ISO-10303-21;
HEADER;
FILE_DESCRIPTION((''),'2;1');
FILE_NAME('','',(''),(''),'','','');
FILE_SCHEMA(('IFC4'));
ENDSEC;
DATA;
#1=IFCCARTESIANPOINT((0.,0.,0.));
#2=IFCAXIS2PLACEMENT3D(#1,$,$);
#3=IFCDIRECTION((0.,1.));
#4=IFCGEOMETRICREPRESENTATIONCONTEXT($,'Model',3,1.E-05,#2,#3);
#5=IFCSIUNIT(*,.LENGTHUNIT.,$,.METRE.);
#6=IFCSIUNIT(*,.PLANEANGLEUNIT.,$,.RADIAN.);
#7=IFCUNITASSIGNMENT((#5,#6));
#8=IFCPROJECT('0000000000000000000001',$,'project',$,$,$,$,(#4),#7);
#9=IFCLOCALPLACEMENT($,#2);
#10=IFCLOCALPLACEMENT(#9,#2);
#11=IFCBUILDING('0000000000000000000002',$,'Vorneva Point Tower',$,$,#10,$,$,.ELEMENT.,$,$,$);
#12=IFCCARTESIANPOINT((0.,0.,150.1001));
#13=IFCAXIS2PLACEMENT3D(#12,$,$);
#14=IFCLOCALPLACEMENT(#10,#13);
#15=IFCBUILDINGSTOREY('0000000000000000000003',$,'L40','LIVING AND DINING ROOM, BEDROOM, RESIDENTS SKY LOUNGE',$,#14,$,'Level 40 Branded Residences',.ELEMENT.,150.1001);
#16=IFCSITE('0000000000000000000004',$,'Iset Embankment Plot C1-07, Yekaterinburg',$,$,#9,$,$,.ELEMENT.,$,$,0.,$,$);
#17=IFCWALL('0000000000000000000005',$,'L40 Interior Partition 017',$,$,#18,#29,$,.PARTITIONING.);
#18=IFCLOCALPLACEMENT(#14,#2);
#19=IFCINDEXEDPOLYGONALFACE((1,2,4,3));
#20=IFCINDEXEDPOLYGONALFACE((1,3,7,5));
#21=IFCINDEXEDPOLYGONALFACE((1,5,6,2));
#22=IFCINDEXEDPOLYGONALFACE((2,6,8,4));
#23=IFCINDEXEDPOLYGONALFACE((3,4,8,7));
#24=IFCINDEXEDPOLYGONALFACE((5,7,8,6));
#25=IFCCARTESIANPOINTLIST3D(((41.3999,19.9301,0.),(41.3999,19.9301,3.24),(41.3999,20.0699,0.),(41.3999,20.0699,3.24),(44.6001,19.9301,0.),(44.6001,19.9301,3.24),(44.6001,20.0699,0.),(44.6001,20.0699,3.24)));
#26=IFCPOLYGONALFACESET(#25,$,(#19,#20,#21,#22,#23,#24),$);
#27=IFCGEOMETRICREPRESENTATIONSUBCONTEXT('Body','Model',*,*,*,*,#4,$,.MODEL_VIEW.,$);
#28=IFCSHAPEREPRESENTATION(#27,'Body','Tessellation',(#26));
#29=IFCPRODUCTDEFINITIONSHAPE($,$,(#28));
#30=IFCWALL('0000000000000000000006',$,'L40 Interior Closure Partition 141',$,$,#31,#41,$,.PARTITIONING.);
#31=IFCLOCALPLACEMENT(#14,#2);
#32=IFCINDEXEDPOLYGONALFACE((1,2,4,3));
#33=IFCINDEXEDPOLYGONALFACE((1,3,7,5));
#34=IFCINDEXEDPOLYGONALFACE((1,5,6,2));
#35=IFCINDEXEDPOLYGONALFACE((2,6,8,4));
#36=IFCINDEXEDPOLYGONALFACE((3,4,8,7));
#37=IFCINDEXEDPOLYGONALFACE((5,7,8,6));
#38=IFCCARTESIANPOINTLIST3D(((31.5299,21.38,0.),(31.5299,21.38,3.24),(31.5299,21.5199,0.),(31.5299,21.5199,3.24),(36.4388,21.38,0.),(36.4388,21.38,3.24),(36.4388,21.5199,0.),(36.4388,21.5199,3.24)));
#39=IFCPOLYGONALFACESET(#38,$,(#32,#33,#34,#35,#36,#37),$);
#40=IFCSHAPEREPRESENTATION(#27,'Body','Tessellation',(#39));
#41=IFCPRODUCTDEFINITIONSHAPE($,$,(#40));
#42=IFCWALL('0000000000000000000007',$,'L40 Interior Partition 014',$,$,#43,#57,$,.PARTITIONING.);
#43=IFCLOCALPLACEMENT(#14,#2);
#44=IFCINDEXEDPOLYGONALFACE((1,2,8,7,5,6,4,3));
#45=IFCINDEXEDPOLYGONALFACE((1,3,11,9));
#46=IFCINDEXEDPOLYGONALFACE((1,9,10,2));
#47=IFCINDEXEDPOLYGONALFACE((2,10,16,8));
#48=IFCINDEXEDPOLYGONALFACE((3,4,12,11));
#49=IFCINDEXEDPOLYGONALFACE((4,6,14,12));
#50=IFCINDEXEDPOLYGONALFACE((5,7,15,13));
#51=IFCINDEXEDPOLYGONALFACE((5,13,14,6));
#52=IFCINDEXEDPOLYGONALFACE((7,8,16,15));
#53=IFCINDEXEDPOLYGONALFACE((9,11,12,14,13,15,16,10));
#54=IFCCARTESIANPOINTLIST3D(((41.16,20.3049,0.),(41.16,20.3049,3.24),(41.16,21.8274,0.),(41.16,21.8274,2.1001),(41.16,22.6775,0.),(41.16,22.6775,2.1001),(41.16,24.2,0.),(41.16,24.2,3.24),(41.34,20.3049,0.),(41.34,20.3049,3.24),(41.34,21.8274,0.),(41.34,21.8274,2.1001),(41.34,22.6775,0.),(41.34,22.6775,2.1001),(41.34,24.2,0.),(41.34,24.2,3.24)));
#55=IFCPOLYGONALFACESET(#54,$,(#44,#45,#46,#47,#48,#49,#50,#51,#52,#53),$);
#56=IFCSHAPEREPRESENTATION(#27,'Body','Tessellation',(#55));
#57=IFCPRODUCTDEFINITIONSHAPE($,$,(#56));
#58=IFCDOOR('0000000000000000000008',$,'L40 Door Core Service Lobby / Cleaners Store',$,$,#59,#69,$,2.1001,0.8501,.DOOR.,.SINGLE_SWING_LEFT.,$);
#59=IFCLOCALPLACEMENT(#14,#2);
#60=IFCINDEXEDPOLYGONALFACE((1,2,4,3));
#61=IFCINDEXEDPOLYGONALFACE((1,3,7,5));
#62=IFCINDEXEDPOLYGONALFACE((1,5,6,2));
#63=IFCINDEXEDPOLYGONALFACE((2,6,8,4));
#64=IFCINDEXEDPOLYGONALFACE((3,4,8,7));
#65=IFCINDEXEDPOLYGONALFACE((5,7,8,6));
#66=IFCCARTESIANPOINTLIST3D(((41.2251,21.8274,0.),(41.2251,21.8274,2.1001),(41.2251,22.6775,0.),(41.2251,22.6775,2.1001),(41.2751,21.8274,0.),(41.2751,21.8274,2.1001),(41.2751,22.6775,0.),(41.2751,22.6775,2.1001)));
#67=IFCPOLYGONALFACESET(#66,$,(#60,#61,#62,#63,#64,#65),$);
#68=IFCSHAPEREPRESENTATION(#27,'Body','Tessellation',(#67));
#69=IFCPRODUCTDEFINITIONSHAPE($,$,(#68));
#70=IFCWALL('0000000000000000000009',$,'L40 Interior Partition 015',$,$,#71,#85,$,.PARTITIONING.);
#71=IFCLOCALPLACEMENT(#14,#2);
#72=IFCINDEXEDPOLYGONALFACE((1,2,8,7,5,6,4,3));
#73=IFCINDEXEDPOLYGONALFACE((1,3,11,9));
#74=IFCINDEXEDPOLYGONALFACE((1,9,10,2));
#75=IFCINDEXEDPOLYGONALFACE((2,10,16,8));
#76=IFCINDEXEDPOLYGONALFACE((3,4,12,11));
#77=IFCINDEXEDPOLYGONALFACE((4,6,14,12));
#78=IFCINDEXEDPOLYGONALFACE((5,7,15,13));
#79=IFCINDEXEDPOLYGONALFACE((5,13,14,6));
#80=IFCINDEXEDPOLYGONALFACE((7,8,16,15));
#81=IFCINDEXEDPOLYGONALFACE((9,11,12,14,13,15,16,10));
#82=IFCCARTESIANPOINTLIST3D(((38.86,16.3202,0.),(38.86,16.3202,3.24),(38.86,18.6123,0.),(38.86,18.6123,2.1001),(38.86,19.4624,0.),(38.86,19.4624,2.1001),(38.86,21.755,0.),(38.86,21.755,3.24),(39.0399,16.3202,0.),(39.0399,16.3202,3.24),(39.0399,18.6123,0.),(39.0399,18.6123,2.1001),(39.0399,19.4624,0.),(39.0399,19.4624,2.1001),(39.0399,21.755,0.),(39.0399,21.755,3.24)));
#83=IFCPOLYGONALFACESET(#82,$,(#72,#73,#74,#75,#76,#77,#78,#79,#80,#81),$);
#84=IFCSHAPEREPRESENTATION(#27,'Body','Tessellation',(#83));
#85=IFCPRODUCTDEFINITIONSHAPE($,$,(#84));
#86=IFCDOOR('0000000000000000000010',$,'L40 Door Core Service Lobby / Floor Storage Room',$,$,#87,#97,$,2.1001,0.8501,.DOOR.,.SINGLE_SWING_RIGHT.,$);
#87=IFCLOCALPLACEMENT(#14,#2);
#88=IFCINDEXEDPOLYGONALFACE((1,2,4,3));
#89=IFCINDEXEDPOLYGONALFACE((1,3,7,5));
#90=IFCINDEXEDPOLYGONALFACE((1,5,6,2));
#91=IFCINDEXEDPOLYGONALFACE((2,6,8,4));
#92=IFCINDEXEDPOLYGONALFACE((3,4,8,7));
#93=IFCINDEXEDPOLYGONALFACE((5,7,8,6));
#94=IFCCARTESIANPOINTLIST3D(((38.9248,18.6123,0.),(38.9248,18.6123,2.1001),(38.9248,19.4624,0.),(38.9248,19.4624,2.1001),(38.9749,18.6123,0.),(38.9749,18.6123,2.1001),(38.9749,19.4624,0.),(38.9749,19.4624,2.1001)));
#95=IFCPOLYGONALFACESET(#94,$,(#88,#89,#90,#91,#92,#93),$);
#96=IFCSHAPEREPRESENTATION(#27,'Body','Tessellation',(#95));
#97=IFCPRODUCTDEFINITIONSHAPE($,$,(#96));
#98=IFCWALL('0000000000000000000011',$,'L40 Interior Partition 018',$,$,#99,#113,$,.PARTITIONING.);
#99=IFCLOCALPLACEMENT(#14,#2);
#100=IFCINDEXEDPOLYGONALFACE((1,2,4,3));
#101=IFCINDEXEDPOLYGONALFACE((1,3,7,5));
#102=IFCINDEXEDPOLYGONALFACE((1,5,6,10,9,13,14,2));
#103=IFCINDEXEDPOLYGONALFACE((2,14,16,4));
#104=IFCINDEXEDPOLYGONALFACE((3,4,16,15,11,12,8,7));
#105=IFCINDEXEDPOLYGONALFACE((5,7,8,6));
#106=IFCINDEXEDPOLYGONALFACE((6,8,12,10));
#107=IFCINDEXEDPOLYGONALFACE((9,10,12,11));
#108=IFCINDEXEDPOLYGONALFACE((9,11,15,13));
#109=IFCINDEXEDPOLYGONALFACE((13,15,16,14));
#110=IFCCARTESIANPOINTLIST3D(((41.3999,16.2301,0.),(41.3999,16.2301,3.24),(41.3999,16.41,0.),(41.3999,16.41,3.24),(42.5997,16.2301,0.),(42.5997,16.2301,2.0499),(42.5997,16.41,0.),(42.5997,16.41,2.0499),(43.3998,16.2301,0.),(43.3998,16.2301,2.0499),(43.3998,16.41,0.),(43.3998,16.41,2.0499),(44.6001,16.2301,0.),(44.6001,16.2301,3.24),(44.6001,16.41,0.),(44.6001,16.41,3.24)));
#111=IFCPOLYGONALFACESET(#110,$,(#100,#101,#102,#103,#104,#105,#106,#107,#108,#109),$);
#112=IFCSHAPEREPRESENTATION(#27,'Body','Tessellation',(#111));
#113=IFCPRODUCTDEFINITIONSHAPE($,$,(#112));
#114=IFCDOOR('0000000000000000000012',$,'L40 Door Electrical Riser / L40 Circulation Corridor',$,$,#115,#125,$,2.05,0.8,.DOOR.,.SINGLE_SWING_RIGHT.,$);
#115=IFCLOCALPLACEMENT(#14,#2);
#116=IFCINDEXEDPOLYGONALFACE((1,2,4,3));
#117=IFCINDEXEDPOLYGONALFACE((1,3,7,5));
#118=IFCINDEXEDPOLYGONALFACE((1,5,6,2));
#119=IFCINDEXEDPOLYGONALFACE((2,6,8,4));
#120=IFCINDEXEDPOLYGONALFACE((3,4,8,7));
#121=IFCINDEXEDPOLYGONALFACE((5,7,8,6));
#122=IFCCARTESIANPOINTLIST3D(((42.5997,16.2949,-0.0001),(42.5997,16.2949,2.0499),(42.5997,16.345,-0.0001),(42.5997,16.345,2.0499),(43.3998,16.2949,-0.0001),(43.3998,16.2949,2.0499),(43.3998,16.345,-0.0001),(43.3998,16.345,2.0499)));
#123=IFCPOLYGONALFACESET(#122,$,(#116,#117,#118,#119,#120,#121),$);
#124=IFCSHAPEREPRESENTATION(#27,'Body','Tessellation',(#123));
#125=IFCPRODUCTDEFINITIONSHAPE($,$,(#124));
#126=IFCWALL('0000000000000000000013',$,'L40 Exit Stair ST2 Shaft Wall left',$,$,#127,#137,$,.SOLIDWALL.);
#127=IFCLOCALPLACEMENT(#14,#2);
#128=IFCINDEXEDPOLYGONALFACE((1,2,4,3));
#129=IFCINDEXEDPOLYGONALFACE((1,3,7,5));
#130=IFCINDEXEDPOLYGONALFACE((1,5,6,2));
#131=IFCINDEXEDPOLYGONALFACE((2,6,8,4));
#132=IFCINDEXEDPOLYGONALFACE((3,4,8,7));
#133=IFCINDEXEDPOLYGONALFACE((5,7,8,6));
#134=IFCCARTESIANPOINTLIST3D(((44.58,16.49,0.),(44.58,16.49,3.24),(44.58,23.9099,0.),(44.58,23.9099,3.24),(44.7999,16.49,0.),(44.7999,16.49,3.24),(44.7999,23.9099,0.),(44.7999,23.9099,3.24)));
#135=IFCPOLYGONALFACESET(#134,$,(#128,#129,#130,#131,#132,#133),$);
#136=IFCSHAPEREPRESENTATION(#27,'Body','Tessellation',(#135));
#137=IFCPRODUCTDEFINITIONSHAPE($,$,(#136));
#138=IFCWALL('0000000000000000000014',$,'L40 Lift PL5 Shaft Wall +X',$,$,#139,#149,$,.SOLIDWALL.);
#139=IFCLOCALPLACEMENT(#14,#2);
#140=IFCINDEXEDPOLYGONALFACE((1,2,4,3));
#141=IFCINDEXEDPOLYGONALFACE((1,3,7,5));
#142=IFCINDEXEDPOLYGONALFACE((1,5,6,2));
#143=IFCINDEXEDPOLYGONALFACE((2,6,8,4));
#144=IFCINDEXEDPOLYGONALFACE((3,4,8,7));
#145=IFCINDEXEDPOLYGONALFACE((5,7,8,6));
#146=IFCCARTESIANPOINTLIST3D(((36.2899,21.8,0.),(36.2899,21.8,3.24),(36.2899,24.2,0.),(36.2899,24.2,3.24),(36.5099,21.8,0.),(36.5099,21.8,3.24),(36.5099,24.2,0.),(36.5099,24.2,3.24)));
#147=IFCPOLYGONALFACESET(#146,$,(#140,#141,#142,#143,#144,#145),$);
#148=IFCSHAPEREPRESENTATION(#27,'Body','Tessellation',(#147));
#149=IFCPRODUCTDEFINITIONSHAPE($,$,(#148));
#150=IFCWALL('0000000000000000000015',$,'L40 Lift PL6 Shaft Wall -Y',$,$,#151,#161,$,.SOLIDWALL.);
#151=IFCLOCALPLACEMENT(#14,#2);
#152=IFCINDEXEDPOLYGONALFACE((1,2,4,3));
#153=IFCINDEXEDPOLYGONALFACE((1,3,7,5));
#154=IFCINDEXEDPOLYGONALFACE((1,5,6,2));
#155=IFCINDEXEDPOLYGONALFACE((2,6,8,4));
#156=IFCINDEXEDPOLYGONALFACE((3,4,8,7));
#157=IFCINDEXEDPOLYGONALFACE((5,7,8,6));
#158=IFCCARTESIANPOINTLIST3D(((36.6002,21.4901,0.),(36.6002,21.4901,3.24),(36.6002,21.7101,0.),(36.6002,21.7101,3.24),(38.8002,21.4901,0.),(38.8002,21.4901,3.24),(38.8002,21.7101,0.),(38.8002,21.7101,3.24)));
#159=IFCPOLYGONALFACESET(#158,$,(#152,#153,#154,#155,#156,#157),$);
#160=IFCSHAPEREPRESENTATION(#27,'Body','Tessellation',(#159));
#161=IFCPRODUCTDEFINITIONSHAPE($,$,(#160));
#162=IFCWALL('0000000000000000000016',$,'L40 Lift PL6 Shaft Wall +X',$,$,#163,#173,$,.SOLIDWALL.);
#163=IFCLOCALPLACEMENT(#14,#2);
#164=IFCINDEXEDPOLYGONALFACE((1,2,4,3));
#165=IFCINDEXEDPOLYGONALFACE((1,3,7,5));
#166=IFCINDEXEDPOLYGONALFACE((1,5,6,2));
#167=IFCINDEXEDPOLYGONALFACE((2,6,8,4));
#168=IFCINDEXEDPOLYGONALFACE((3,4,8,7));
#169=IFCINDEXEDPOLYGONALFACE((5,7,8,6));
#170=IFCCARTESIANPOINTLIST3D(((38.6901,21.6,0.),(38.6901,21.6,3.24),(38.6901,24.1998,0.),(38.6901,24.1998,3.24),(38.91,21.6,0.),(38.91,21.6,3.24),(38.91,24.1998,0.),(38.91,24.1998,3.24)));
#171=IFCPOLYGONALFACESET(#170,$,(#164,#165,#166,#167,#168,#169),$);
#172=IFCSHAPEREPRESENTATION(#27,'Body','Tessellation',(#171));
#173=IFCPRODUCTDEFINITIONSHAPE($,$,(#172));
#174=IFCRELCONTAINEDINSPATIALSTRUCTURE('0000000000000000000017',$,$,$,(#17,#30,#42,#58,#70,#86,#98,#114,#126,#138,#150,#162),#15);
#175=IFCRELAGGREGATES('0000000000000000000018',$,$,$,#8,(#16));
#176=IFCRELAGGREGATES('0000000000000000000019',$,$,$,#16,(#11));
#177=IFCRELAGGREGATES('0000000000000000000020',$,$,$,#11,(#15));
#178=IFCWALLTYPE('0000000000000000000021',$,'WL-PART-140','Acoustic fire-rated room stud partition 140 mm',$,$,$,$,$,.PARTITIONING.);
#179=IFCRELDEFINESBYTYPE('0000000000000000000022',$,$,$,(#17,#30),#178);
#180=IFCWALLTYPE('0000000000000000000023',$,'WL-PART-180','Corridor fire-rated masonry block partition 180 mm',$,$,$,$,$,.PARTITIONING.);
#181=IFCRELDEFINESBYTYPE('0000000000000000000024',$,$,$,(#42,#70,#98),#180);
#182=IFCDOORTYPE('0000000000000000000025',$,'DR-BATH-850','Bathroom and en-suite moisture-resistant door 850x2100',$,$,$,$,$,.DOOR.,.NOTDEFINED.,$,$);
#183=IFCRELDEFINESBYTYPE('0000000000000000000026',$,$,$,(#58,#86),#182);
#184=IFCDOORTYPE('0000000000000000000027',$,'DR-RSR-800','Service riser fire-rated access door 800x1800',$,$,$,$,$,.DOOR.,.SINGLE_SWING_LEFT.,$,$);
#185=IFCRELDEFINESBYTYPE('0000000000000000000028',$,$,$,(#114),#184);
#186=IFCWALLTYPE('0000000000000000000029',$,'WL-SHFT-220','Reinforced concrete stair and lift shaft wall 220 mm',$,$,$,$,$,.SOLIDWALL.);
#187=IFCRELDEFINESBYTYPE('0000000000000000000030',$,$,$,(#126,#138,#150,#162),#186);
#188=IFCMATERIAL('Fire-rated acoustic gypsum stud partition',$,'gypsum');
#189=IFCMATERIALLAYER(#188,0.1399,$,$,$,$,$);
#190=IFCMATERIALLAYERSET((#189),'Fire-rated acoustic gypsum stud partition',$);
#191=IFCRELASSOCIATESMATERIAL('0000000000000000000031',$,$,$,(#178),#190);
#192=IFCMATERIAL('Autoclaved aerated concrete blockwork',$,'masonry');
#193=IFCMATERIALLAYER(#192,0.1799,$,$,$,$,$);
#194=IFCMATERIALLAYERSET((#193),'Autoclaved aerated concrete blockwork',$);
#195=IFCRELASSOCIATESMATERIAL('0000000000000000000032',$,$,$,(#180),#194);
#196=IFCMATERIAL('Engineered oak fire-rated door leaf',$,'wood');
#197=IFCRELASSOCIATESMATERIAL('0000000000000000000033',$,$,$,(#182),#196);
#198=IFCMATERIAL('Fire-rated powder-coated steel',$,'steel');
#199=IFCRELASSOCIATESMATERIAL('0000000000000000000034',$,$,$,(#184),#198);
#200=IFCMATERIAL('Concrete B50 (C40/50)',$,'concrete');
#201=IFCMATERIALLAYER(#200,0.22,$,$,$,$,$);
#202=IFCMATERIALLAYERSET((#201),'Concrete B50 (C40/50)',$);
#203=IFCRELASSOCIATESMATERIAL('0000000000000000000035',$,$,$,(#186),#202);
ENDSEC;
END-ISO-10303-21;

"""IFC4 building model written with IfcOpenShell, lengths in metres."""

from ifc_helpers import new_model, si_unit, direction, frame, frame_2d, origin, place, context, subcontext, project, spatial, rectangle, extrude, material, layer, layer_set, type_object, element, fill, save


model = new_model("IFC4")

# Units and contexts
model_context = context("Model", 3, precision=1e-05, world=origin(), true_north=direction((0.0, 1.0)))
body_context = subcontext(model_context, "Body", "Model", "MODEL_VIEW")
ifc_project = project(units=[si_unit("LENGTHUNIT", "METRE"), si_unit("PLANEANGLEUNIT", "RADIAN")], contexts=[model_context])

# Site, building, storey
site_placement = place(None, origin())
site = spatial("IfcSite", under=ifc_project, at=site_placement, Name="Iset Embankment Plot C1-07, Yekaterinburg", CompositionType="ELEMENT", RefElevation=0.0)
building_placement = place(site_placement, origin())
building = spatial("IfcBuilding", under=site, at=building_placement, Name="Vorneva Point Tower", CompositionType="ELEMENT")
storey_placement = place(building_placement, frame((0.0, 0.0, 150.1001)))
storey = spatial("IfcBuildingStorey", under=building, at=storey_placement, Name="L40", Description="LIVING AND DINING ROOM, BEDROOM, RESIDENTS SKY LOUNGE", LongName="Level 40 Branded Residences", CompositionType="ELEMENT", Elevation=150.1001)

# Walls
ifc_material_1 = material(Name="Fire-rated acoustic gypsum stud partition", Category="gypsum")
ifc_layer_1 = layer(ifc_material_1, 0.1399)
ifc_layer_set_1 = layer_set([ifc_layer_1], Name="Fire-rated acoustic gypsum stud partition")
wall_type_1 = type_object("IfcWallType", Name="WL-PART-140", Description="Acoustic fire-rated room stud partition 140 mm", PredefinedType="PARTITIONING", material=ifc_layer_set_1)
wall_1_placement = place(storey_placement, frame((44.6001, 20.0, 0.0), z_axis=(0.0, 0.0, 1.0), x_axis=(-1.0, 0.0, 0.0)))
element("IfcWall", 1, at=wall_1_placement, inside=storey, type_object=wall_type_1, Name="L40 Interior Partition 017", PredefinedType="PARTITIONING", context=body_context, shape_type="SweptSolid", body=[
    extrude(rectangle(XDim=3.2002, YDim=0.1399, at=frame_2d((1.6001, 0.0))), origin(), (0.0, 0.0, 1.0), 3.24),
])
wall_2_placement = place(storey_placement, frame((36.439, 21.45, 0.0), z_axis=(0.0, 0.0, 1.0), x_axis=(-1.0, 0.0, 0.0)))
element("IfcWall", 2, at=wall_2_placement, inside=storey, type_object=wall_type_1, Name="L40 Interior Closure Partition 141", PredefinedType="PARTITIONING", context=body_context, shape_type="SweptSolid", body=[
    extrude(rectangle(XDim=4.9089, YDim=0.1399, at=frame_2d((2.4546, 0.0))), origin(), (0.0, 0.0, 1.0), 3.24),
])

# Walls, openings, doors
ifc_material_2 = material(Name="Autoclaved aerated concrete blockwork", Category="masonry")
ifc_layer_2 = layer(ifc_material_2, 0.1799)
ifc_layer_set_2 = layer_set([ifc_layer_2], Name="Autoclaved aerated concrete blockwork")
wall_type_2 = type_object("IfcWallType", Name="WL-PART-180", Description="Corridor fire-rated masonry block partition 180 mm", PredefinedType="PARTITIONING", material=ifc_layer_set_2)
wall_3_placement = place(storey_placement, frame((41.25, 20.3049, 0.0), z_axis=(0.0, 0.0, 1.0), x_axis=(0.0, 1.0, 0.0)))
wall_3 = element("IfcWall", 3, at=wall_3_placement, inside=storey, type_object=wall_type_2, Name="L40 Interior Partition 014", PredefinedType="PARTITIONING", context=body_context, shape_type="SweptSolid", body=[
    extrude(rectangle(XDim=3.895, YDim=0.1799, at=frame_2d((1.9475, 0.0))), origin(), (0.0, 0.0, 1.0), 3.24),
])
opening_1_placement = place(wall_3_placement, frame((1.5225, 0.0, 0.0)))
opening_1 = element("IfcOpeningElement", 4, at=opening_1_placement, cuts=wall_3, PredefinedType="OPENING", context=body_context, shape_type="SweptSolid", body=[
    extrude(rectangle(XDim=0.8501, YDim=2.1001, at=frame_2d((0.425, 1.05))), frame((0.0, 0.105, 0.0), z_axis=(0.0, -1.0, 0.0), x_axis=(1.0, 0.0, 0.0)), (0.0, 0.0, 1.0), 0.2097),
])
ifc_material_3 = material(Name="Engineered oak fire-rated door leaf", Category="wood")
door_type_1 = type_object("IfcDoorType", Name="DR-BATH-850", Description="Bathroom and en-suite moisture-resistant door 850x2100", OperationType="NOTDEFINED", PredefinedType="DOOR", material=ifc_material_3)
door_1_placement = place(opening_1_placement, origin())
door_1 = element("IfcDoor", 5, at=door_1_placement, inside=storey, type_object=door_type_1, Name="L40 Door Core Service Lobby / Cleaners Store", OperationType="SINGLE_SWING_LEFT", OverallHeight=2.1001, OverallWidth=0.8501, PredefinedType="DOOR", context=body_context, shape_type="SweptSolid", body=[
    extrude(rectangle(XDim=0.8501, YDim=2.1001, at=frame_2d((0.425, 1.05))), frame((0.0, 0.0249, 0.0), z_axis=(0.0, -1.0, 0.0), x_axis=(1.0, 0.0, 0.0)), (0.0, 0.0, 1.0), 0.05),
])
fill(opening_1, door_1)
wall_4_placement = place(storey_placement, frame((38.95, 21.7549, 0.0), z_axis=(0.0, 0.0, 1.0), x_axis=(0.0, -1.0, 0.0)))
wall_4 = element("IfcWall", 6, at=wall_4_placement, inside=storey, type_object=wall_type_2, Name="L40 Interior Partition 015", PredefinedType="PARTITIONING", context=body_context, shape_type="SweptSolid", body=[
    extrude(rectangle(XDim=5.4348, YDim=0.1799, at=frame_2d((2.7173, 0.0))), origin(), (0.0, 0.0, 1.0), 3.24),
])
opening_2_placement = place(wall_4_placement, frame((2.2925, 0.0, 0.0)))
opening_2 = element("IfcOpeningElement", 7, at=opening_2_placement, cuts=wall_4, PredefinedType="OPENING", context=body_context, shape_type="SweptSolid", body=[
    extrude(rectangle(XDim=0.8501, YDim=2.1001, at=frame_2d((0.425, 1.05))), frame((0.0, 0.105, 0.0), z_axis=(0.0, -1.0, 0.0), x_axis=(1.0, 0.0, 0.0)), (0.0, 0.0, 1.0), 0.2097),
])
door_2_placement = place(opening_2_placement, origin())
door_2 = element("IfcDoor", 8, at=door_2_placement, inside=storey, type_object=door_type_1, Name="L40 Door Core Service Lobby / Floor Storage Room", OperationType="SINGLE_SWING_RIGHT", OverallHeight=2.1001, OverallWidth=0.8501, PredefinedType="DOOR", context=body_context, shape_type="SweptSolid", body=[
    extrude(rectangle(XDim=0.8501, YDim=2.1001, at=frame_2d((0.425, 1.05))), frame((0.0, 0.0249, 0.0), z_axis=(0.0, -1.0, 0.0), x_axis=(1.0, 0.0, 0.0)), (0.0, 0.0, 1.0), 0.05),
])
fill(opening_2, door_2)
wall_5_placement = place(storey_placement, frame((41.3999, 16.3201, 0.0), z_axis=(0.0, 0.0, 1.0), x_axis=(1.0, 0.0, 0.0)))
wall_5 = element("IfcWall", 9, at=wall_5_placement, inside=storey, type_object=wall_type_2, Name="L40 Interior Partition 018", PredefinedType="PARTITIONING", context=body_context, shape_type="SweptSolid", body=[
    extrude(rectangle(XDim=3.2002, YDim=0.1799, at=frame_2d((1.6001, 0.0))), origin(), (0.0, 0.0, 1.0), 3.24),
])
opening_3_placement = place(wall_5_placement, frame((1.2, 0.0, 0.0)))
opening_3 = element("IfcOpeningElement", 10, at=opening_3_placement, cuts=wall_5, PredefinedType="OPENING", context=body_context, shape_type="SweptSolid", body=[
    extrude(rectangle(XDim=0.8, YDim=2.05, at=frame_2d((0.3999, 1.0249))), frame((0.0, 0.105, 0.0), z_axis=(0.0, -1.0, 0.0), x_axis=(1.0, 0.0, 0.0)), (0.0, 0.0, 1.0), 0.2097),
])
ifc_material_4 = material(Name="Fire-rated powder-coated steel", Category="steel")
door_type_2 = type_object("IfcDoorType", Name="DR-RSR-800", Description="Service riser fire-rated access door 800x1800", OperationType="SINGLE_SWING_LEFT", PredefinedType="DOOR", material=ifc_material_4)
door_3_placement = place(opening_3_placement, origin())
door_3 = element("IfcDoor", 11, at=door_3_placement, inside=storey, type_object=door_type_2, Name="L40 Door Electrical Riser / L40 Circulation Corridor", OperationType="SINGLE_SWING_RIGHT", OverallHeight=2.05, OverallWidth=0.8, PredefinedType="DOOR", context=body_context, shape_type="SweptSolid", body=[
    extrude(rectangle(XDim=0.8, YDim=2.05, at=frame_2d((0.3999, 1.0249))), frame((0.0, 0.0249, 0.0), z_axis=(0.0, -1.0, 0.0), x_axis=(1.0, 0.0, 0.0)), (0.0, 0.0, 1.0), 0.05),
])
fill(opening_3, door_3)

# Walls
ifc_material_5 = material(Name="Concrete B50 (C40/50)", Category="concrete")
ifc_layer_3 = layer(ifc_material_5, 0.22)
ifc_layer_set_3 = layer_set([ifc_layer_3], Name="Concrete B50 (C40/50)")
wall_type_3 = type_object("IfcWallType", Name="WL-SHFT-220", Description="Reinforced concrete stair and lift shaft wall 220 mm", PredefinedType="SOLIDWALL", material=ifc_layer_set_3)
wall_6_placement = place(storey_placement, frame((44.6899, 16.49, 0.0), z_axis=(0.0, 0.0, 1.0), x_axis=(0.0, 1.0, 0.0)))
element("IfcWall", 12, at=wall_6_placement, inside=storey, type_object=wall_type_3, Name="L40 Exit Stair ST2 Shaft Wall left", PredefinedType="SOLIDWALL", context=body_context, shape_type="SweptSolid", body=[
    extrude(rectangle(XDim=7.4199, YDim=0.22, at=frame_2d((3.71, 0.0))), origin(), (0.0, 0.0, 1.0), 3.24),
])
wall_7_placement = place(storey_placement, frame((36.3999, 21.8, 0.0), z_axis=(0.0, 0.0, 1.0), x_axis=(0.0, 1.0, 0.0)))
element("IfcWall", 13, at=wall_7_placement, inside=storey, type_object=wall_type_3, Name="L40 Lift PL5 Shaft Wall +X", PredefinedType="SOLIDWALL", context=body_context, shape_type="SweptSolid", body=[
    extrude(rectangle(XDim=2.3999, YDim=0.22, at=frame_2d((1.2, 0.0))), origin(), (0.0, 0.0, 1.0), 3.24),
])
wall_8_placement = place(storey_placement, frame((36.6001, 21.6001, 0.0), z_axis=(0.0, 0.0, 1.0), x_axis=(1.0, 0.0, 0.0)))
element("IfcWall", 14, at=wall_8_placement, inside=storey, type_object=wall_type_3, Name="L40 Lift PL6 Shaft Wall -Y", PredefinedType="SOLIDWALL", context=body_context, shape_type="SweptSolid", body=[
    extrude(rectangle(XDim=2.2, YDim=0.22, at=frame_2d((1.1001, 0.0))), origin(), (0.0, 0.0, 1.0), 3.24),
])
wall_9_placement = place(storey_placement, frame((38.8, 21.6001, 0.0), z_axis=(0.0, 0.0, 1.0), x_axis=(0.0, 1.0, 0.0)))
element("IfcWall", 15, at=wall_9_placement, inside=storey, type_object=wall_type_3, Name="L40 Lift PL6 Shaft Wall +X", PredefinedType="SOLIDWALL", context=body_context, shape_type="SweptSolid", body=[
    extrude(rectangle(XDim=2.5999, YDim=0.22, at=frame_2d((1.2998, 0.0))), origin(), (0.0, 0.0, 1.0), 3.24),
])

save(model, "model.ifc")
